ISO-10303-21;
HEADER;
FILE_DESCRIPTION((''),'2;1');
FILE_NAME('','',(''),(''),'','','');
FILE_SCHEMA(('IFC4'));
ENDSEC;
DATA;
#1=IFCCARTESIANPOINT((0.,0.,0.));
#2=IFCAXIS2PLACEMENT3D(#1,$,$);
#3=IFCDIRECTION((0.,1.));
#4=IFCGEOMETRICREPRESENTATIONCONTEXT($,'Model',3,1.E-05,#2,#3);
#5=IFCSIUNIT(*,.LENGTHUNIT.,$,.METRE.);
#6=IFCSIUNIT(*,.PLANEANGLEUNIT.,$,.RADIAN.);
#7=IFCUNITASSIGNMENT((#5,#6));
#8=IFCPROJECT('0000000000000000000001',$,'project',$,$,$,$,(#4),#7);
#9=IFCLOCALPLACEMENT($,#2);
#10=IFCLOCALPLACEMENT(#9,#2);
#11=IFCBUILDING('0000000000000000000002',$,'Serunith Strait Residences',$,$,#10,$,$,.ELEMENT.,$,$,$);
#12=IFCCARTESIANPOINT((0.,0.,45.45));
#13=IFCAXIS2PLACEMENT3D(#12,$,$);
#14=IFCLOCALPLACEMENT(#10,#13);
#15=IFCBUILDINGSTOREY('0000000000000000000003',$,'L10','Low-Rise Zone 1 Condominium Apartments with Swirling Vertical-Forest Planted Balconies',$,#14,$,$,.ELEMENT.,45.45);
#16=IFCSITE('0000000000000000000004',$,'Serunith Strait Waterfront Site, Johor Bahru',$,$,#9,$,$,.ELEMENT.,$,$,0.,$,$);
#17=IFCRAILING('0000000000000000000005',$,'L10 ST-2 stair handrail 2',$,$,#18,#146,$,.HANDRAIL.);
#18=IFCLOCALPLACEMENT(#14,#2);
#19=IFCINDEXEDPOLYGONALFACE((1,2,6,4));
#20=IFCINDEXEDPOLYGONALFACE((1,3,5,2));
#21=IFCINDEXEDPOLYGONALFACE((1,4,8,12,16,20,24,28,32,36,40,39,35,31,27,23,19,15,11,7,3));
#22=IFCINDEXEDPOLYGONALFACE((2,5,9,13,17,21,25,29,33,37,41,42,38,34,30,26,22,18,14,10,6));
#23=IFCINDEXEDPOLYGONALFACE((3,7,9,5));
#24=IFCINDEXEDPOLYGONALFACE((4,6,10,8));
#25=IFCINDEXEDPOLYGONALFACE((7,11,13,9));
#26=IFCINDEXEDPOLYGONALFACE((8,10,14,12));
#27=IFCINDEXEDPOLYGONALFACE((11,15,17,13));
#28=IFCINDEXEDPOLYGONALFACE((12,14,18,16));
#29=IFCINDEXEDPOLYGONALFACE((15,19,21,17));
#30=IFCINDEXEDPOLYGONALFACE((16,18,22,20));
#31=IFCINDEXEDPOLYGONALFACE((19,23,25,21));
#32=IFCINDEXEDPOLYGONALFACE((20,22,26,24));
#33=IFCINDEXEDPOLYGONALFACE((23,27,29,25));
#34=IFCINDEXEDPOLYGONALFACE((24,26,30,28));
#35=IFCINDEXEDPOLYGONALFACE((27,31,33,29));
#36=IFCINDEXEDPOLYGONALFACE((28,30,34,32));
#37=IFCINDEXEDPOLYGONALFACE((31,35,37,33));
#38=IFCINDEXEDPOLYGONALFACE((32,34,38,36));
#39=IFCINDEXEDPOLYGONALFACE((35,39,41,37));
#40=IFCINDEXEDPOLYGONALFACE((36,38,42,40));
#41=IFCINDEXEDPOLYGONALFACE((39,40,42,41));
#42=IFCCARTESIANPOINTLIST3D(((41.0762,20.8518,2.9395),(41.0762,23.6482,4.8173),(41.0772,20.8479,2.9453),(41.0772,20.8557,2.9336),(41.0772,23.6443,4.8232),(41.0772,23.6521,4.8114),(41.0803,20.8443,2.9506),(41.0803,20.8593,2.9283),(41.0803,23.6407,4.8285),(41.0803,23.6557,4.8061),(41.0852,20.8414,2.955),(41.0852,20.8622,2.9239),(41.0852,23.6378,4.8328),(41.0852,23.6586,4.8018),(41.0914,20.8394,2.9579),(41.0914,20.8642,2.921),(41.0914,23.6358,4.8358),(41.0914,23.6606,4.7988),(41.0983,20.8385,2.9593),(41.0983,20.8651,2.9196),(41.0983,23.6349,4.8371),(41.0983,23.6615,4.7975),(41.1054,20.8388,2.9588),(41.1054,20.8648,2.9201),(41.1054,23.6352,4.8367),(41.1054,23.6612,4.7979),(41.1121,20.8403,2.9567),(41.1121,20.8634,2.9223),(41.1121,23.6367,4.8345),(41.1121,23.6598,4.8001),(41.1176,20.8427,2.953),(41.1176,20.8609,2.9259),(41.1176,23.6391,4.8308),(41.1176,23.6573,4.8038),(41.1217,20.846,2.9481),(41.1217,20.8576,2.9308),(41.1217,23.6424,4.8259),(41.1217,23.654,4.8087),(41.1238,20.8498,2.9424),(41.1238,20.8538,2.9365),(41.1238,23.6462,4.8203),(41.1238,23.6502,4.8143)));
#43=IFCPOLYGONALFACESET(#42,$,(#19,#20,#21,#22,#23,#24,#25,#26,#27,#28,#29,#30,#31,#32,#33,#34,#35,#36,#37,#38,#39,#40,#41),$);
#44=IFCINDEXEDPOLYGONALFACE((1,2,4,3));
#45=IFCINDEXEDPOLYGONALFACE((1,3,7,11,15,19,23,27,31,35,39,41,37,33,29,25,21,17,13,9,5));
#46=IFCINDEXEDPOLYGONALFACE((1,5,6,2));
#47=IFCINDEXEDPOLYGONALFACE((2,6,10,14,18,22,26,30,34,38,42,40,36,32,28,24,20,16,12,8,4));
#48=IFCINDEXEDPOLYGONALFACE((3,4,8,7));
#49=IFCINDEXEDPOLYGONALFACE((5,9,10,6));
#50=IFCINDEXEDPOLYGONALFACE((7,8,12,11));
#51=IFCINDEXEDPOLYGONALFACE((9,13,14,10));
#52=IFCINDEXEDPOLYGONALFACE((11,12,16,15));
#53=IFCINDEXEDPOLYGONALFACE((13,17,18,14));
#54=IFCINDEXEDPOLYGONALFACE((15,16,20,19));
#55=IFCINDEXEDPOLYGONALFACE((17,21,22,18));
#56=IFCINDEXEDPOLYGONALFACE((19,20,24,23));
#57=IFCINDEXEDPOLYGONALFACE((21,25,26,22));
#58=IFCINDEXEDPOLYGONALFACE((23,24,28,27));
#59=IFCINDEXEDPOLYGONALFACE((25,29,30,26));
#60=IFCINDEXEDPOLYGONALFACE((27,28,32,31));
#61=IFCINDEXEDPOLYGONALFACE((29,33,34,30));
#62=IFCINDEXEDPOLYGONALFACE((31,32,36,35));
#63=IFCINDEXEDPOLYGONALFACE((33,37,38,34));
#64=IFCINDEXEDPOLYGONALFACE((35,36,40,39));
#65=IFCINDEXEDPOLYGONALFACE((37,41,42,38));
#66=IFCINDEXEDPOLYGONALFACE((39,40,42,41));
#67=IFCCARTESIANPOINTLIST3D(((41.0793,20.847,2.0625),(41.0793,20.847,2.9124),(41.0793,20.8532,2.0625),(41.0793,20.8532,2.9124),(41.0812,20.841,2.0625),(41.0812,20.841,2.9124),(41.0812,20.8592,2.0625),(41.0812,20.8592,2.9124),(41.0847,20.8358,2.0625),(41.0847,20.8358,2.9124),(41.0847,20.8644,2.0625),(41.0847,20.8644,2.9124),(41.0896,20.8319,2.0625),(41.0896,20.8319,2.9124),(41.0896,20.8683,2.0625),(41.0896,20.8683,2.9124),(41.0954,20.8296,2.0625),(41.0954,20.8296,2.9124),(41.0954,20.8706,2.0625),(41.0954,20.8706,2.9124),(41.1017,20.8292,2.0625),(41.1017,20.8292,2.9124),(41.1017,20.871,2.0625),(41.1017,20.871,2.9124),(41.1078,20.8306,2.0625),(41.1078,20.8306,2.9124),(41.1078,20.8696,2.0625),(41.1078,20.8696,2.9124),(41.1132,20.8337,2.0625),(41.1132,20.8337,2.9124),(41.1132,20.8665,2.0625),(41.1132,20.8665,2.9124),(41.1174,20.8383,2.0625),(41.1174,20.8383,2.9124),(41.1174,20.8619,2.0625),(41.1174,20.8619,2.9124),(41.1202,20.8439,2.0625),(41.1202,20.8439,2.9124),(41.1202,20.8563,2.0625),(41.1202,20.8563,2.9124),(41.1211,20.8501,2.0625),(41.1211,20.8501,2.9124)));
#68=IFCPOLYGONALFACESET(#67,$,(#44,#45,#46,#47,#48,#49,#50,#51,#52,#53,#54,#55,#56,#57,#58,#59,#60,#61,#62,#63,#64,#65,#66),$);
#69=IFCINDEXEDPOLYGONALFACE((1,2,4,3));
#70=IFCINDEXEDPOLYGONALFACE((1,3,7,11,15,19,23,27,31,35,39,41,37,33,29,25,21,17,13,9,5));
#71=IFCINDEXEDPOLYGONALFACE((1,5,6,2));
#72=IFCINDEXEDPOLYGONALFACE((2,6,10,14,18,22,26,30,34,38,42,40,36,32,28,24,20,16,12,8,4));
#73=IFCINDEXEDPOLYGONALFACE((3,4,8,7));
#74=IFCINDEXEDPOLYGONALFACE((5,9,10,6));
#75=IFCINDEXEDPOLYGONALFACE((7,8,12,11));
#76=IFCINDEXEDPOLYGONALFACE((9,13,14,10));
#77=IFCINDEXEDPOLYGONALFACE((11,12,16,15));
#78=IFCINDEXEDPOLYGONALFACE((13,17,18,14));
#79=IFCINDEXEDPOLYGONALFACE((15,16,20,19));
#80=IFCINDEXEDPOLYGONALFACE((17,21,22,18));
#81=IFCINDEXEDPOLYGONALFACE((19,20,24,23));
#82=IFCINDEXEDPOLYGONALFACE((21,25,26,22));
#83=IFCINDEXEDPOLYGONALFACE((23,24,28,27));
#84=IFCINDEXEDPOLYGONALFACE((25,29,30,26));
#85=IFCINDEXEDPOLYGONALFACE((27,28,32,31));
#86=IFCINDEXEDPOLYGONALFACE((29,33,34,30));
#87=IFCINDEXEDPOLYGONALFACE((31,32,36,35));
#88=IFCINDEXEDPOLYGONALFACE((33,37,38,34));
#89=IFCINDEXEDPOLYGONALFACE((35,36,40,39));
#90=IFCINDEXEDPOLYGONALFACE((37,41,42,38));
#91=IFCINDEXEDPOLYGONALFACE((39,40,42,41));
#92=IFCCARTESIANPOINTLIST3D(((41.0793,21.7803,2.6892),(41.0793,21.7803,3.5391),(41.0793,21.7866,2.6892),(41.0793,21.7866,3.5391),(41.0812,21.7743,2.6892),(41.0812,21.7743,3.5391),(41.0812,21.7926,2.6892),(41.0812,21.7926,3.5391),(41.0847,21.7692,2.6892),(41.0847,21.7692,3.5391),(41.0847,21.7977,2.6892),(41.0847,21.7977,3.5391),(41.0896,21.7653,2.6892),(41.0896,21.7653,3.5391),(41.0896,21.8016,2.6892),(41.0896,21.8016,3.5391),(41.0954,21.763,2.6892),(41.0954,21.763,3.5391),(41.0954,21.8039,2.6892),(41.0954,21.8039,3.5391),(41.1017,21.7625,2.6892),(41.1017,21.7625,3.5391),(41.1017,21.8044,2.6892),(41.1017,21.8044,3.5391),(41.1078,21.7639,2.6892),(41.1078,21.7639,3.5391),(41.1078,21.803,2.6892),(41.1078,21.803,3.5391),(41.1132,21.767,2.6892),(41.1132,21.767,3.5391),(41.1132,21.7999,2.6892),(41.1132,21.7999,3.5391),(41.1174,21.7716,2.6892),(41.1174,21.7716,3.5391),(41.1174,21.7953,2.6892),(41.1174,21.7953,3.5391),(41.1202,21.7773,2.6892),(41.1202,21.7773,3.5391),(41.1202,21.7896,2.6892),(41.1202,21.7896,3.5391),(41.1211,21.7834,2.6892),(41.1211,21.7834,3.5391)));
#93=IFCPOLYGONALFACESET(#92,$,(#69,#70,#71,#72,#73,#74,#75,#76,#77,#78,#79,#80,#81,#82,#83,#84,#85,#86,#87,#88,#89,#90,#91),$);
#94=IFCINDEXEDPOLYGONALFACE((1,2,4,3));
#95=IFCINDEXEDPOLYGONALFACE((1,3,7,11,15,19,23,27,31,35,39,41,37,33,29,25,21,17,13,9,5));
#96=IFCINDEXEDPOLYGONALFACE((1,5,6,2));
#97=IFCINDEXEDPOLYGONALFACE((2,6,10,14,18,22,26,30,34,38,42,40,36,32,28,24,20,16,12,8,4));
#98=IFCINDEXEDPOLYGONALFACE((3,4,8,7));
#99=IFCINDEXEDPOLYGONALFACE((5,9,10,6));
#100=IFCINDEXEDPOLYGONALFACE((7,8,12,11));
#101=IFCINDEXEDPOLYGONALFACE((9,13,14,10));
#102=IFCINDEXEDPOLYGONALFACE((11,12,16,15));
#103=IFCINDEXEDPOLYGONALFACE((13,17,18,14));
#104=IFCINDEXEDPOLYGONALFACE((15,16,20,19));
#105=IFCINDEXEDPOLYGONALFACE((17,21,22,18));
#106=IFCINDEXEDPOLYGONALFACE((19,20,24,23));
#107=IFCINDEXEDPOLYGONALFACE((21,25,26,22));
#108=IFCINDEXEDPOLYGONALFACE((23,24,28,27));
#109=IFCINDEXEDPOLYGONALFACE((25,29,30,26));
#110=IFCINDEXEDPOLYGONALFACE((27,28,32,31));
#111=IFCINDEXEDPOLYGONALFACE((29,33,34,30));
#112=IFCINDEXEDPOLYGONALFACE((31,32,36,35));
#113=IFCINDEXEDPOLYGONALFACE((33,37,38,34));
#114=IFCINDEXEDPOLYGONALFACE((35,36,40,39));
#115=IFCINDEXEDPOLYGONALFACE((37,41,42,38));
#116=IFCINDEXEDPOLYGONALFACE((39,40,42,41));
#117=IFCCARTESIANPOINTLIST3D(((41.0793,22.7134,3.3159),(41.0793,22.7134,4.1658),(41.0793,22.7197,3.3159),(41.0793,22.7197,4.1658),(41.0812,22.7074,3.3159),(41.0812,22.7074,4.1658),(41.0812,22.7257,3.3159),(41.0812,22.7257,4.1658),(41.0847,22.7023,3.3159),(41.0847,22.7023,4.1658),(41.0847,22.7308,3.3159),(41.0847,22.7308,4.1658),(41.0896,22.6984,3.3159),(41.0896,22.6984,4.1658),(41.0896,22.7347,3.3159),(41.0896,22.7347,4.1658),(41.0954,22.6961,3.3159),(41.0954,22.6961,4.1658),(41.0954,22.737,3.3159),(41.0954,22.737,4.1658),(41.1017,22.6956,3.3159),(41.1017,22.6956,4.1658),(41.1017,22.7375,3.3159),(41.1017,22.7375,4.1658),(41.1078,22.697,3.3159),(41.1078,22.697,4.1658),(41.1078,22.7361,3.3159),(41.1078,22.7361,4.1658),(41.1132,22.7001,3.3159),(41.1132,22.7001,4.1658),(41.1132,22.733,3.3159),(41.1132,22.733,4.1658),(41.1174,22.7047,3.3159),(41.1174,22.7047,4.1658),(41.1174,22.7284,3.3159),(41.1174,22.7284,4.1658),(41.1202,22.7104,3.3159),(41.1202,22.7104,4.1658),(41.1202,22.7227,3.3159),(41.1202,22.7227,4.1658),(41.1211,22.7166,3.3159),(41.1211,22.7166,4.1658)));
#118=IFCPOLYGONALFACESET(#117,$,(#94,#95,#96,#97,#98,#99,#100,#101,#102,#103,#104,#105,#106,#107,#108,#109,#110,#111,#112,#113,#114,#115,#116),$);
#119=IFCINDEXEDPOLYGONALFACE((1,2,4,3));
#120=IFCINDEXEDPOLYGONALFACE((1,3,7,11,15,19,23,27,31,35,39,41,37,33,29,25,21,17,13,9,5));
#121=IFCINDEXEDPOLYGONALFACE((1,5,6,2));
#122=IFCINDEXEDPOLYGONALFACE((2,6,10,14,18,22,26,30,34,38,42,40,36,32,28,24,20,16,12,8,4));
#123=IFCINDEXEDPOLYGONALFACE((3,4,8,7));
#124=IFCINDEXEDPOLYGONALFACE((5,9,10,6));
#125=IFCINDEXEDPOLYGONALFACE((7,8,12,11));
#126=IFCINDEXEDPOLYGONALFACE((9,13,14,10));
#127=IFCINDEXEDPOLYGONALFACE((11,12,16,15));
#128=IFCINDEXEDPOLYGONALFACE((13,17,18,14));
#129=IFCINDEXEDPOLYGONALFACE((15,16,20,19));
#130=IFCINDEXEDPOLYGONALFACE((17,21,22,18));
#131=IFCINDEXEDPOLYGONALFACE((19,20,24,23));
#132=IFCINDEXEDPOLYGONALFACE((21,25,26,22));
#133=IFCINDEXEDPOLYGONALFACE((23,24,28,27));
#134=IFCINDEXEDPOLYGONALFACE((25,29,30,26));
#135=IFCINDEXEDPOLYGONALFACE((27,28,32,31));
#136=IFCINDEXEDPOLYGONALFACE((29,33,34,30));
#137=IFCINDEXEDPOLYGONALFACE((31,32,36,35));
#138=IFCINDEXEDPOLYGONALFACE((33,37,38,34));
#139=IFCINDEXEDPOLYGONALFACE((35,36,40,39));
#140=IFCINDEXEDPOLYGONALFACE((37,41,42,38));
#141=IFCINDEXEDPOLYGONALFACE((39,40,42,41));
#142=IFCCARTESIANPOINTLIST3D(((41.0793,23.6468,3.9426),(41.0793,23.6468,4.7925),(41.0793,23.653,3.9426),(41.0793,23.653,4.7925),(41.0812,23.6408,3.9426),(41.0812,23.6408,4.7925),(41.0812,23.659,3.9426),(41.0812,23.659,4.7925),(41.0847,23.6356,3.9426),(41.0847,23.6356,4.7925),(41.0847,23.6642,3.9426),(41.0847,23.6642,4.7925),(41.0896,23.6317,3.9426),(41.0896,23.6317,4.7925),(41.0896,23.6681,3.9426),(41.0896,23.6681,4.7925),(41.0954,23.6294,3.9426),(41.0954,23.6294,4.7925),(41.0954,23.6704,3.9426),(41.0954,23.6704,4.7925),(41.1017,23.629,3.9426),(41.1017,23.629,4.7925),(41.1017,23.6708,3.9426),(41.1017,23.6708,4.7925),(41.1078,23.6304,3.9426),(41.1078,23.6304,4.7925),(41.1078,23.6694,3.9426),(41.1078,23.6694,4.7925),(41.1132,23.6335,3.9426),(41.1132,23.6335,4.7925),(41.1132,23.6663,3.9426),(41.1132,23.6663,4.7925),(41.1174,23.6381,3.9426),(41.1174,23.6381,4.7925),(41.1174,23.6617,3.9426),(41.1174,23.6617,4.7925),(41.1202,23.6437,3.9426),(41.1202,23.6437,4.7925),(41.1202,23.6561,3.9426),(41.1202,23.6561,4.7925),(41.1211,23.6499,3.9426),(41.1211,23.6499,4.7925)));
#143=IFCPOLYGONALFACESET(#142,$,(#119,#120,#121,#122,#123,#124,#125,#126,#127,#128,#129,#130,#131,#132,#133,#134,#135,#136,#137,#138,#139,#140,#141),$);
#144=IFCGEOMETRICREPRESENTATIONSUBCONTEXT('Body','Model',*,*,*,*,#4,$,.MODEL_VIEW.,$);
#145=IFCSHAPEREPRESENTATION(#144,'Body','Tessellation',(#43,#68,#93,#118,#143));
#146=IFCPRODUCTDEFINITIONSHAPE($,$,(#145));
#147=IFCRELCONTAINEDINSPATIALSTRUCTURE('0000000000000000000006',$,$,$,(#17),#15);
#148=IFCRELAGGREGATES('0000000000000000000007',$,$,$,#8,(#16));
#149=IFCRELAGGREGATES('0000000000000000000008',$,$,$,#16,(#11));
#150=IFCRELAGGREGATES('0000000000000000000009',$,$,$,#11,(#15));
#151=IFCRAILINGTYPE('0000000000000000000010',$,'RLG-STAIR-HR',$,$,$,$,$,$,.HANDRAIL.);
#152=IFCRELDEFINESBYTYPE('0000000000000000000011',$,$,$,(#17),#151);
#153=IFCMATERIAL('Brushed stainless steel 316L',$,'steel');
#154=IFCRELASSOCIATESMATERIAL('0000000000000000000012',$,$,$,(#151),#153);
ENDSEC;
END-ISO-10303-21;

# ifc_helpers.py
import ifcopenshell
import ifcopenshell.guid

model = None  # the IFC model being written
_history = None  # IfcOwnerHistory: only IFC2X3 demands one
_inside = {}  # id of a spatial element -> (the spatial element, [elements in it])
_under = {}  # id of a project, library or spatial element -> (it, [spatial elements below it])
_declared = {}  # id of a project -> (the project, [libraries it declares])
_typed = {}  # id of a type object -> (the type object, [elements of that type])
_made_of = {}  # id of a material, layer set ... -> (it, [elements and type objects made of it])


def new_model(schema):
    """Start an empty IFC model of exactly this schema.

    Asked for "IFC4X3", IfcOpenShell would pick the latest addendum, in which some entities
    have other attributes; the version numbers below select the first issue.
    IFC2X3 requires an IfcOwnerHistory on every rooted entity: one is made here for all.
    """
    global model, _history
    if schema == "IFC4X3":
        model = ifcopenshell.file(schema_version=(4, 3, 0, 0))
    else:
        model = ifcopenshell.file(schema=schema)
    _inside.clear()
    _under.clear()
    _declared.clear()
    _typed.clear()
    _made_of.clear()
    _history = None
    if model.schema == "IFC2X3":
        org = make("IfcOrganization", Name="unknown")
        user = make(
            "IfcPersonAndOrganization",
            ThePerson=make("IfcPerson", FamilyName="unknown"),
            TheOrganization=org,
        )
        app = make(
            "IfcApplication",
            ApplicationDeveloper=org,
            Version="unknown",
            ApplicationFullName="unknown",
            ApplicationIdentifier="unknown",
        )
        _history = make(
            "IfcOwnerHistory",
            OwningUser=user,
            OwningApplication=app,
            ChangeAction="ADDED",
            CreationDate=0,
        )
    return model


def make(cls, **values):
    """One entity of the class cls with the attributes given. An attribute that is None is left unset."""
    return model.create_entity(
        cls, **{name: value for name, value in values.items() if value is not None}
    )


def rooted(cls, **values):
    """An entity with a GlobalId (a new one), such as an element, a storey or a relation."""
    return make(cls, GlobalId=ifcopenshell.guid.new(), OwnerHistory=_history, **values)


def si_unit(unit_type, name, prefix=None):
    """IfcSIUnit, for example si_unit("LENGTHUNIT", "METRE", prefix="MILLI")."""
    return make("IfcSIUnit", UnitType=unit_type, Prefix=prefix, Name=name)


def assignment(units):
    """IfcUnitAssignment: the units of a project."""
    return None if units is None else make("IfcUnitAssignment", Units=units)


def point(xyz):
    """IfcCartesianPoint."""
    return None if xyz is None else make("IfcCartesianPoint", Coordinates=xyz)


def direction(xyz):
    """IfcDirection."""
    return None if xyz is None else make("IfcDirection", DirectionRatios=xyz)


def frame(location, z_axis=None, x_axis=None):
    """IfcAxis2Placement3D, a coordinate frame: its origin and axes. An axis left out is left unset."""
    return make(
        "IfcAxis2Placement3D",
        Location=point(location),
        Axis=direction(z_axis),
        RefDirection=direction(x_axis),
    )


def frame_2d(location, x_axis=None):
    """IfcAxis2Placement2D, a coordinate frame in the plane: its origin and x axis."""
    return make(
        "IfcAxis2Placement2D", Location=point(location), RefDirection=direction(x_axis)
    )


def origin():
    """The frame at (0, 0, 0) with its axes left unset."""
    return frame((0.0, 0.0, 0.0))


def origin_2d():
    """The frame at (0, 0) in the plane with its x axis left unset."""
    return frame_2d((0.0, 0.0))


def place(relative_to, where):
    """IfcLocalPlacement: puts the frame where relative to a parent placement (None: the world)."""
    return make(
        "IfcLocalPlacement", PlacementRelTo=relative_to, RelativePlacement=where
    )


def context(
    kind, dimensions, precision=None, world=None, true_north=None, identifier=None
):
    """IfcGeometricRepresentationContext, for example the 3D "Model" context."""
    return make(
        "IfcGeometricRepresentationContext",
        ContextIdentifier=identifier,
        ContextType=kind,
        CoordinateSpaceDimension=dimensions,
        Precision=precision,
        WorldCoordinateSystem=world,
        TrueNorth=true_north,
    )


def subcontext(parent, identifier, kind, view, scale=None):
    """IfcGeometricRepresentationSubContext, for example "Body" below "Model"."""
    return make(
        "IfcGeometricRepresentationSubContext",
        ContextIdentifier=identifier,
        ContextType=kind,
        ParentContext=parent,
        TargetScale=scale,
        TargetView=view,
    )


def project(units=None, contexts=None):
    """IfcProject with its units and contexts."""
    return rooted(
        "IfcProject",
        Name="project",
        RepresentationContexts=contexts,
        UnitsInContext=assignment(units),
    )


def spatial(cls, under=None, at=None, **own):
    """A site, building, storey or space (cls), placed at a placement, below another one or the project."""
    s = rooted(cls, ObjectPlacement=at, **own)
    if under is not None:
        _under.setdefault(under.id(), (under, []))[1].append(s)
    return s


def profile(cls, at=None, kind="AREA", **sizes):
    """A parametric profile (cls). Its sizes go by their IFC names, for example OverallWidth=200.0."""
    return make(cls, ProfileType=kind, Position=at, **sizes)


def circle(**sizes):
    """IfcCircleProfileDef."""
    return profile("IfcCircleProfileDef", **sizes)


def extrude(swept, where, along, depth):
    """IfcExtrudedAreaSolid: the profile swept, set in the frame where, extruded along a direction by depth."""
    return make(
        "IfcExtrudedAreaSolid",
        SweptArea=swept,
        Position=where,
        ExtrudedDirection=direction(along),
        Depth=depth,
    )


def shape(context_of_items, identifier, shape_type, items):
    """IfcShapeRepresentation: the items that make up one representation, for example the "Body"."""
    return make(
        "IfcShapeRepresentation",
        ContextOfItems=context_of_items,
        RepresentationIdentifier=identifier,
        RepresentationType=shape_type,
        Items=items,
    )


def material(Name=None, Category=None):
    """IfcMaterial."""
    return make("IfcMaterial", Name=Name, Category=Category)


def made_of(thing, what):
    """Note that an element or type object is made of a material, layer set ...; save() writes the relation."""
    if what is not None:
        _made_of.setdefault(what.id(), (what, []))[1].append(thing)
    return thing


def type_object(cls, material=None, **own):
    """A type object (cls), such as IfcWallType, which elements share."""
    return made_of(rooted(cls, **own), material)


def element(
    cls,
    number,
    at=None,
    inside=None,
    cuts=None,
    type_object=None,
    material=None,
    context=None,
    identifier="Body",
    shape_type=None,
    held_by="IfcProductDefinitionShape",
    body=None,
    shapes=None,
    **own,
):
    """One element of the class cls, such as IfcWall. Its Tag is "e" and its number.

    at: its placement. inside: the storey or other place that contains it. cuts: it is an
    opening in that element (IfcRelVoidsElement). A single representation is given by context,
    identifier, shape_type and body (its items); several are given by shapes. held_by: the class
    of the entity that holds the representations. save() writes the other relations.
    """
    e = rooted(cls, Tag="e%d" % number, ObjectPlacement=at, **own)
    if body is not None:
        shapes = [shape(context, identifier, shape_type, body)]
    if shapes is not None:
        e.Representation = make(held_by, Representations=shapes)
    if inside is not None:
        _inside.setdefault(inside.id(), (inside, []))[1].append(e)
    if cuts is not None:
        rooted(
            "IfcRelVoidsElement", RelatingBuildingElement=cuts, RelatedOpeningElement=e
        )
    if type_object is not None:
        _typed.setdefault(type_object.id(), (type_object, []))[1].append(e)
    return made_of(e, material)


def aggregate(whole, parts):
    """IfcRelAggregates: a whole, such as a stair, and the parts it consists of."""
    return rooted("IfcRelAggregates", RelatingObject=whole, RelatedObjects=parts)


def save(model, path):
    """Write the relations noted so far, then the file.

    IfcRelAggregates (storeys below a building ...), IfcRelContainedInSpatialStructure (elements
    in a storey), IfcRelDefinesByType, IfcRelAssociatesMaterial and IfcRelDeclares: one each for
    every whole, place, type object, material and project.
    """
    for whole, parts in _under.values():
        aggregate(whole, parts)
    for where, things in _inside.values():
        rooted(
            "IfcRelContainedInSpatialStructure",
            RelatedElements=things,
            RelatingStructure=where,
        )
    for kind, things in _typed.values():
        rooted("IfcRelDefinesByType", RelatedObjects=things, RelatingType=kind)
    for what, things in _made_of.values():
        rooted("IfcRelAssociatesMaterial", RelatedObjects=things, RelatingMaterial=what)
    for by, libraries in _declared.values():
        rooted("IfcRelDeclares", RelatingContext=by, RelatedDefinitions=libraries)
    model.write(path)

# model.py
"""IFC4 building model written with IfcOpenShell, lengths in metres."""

from ifc_helpers import new_model, si_unit, direction, frame, origin, origin_2d, place, context, subcontext, project, spatial, circle, extrude, material, type_object, element, save


model = new_model("IFC4")

# Units and contexts
model_context = context("Model", 3, precision=1e-05, world=origin(), true_north=direction((0.0, 1.0)))
body_context = subcontext(model_context, "Body", "Model", "MODEL_VIEW")
ifc_project = project(units=[si_unit("LENGTHUNIT", "METRE"), si_unit("PLANEANGLEUNIT", "RADIAN")], contexts=[model_context])

# Site, building, storey
site_placement = place(None, origin())
site = spatial("IfcSite", under=ifc_project, at=site_placement, Name="Serunith Strait Waterfront Site, Johor Bahru", CompositionType="ELEMENT", RefElevation=0.0)
building_placement = place(site_placement, origin())
building = spatial("IfcBuilding", under=site, at=building_placement, Name="Serunith Strait Residences", CompositionType="ELEMENT")
storey_placement = place(building_placement, frame((0.0, 0.0, 45.45)))
storey = spatial("IfcBuildingStorey", under=building, at=storey_placement, Name="L10", Description="Low-Rise Zone 1 Condominium Apartments with Swirling Vertical-Forest Planted Balconies", CompositionType="ELEMENT", Elevation=45.45)

# Railing
ifc_material_1 = material(Name="Brushed stainless steel 316L", Category="steel")
railing_type_1 = type_object("IfcRailingType", Name="RLG-STAIR-HR", PredefinedType="HANDRAIL", material=ifc_material_1)
railing_1_placement = place(storey_placement, frame((41.1001, 20.8501, 2.0625)))
element("IfcRailing", 1, at=railing_1_placement, inside=storey, type_object=railing_type_1, Name="L10 ST-2 stair handrail 2", PredefinedType="HANDRAIL", context=body_context, shape_type="SweptSolid", body=[
    extrude(circle(Radius=0.0239, at=origin_2d()), frame((0.0, 0.0017, 0.877), z_axis=(0.0, 0.830186, 0.557487), x_axis=(-1.0, 0.0, 0.0)), (0.0, 0.0, 1.0), 3.3684),
    extrude(circle(Radius=0.021, at=origin_2d()), origin(), (0.0, 0.0, 1.0), 0.8499),
    extrude(circle(Radius=0.021, at=origin_2d()), frame((0.0, 0.9333, 0.6267)), (0.0, 0.0, 1.0), 0.8499),
    extrude(circle(Radius=0.021, at=origin_2d()), frame((0.0, 1.8665, 1.2534)), (0.0, 0.0, 1.0), 0.8499),
    extrude(circle(Radius=0.021, at=origin_2d()), frame((0.0, 2.7998, 1.8801)), (0.0, 0.0, 1.0), 0.8499),
])

save(model, "model.ifc")
